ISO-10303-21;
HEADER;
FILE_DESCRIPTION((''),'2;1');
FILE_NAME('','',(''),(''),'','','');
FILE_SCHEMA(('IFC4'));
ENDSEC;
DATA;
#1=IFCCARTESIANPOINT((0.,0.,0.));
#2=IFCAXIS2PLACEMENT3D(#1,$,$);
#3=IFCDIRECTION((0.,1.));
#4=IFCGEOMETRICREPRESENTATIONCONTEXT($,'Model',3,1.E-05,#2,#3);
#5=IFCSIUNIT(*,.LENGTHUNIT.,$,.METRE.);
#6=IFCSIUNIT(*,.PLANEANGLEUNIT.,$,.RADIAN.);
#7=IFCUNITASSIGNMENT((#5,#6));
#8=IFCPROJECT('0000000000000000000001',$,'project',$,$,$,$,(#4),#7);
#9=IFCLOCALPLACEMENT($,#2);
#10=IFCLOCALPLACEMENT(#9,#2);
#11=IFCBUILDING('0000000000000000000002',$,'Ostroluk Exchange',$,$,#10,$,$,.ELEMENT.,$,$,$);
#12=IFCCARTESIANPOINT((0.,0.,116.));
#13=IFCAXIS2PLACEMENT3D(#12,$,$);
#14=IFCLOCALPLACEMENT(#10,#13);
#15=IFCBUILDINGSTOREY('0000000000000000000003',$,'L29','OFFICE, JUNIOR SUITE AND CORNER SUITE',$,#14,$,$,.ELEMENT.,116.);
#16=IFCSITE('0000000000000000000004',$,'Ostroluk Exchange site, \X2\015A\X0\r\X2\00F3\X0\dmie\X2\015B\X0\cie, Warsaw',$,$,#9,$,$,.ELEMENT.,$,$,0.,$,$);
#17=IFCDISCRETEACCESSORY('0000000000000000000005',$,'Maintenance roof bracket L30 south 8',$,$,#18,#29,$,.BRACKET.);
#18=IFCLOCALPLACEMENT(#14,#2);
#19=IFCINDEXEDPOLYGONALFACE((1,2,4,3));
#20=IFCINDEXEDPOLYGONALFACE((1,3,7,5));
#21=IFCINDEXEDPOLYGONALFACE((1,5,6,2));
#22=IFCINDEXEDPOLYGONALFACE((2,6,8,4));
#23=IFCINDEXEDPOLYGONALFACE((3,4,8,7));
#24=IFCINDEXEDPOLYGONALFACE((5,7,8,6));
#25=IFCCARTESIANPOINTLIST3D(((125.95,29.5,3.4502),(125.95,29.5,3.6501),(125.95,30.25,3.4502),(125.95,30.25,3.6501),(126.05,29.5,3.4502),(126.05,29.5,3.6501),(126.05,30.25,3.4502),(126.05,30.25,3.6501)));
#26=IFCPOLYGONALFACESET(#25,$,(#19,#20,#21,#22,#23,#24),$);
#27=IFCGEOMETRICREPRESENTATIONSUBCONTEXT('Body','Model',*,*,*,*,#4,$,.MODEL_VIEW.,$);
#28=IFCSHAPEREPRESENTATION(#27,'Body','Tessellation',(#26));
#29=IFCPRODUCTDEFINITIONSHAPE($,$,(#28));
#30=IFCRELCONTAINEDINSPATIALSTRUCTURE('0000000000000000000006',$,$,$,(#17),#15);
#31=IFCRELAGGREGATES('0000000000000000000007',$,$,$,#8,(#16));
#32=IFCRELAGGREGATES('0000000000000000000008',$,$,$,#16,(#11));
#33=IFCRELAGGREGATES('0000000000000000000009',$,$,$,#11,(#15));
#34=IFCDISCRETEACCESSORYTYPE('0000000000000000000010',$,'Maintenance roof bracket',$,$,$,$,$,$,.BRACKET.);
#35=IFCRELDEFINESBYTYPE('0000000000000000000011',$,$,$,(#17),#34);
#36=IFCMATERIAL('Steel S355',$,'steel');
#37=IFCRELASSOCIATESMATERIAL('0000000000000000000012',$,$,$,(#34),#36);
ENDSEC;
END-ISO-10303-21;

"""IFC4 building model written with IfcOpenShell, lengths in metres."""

from ifc_helpers import new_model, si_unit, direction, frame, origin, origin_2d, place, context, subcontext, project, spatial, rectangle, extrude, material, type_object, element, save


model = new_model("IFC4")

# Units and contexts
model_context = context("Model", 3, precision=1e-05, world=origin(), true_north=direction((0.0, 1.0)))
body_context = subcontext(model_context, "Body", "Model", "MODEL_VIEW")
ifc_project = project(units=[si_unit("LENGTHUNIT", "METRE"), si_unit("PLANEANGLEUNIT", "RADIAN")], contexts=[model_context])

# Site, building, storey
site_placement = place(None, origin())
site = spatial("IfcSite", under=ifc_project, at=site_placement, Name="Ostroluk Exchange site, Śródmieście, Warsaw", CompositionType="ELEMENT", RefElevation=0.0)
building_placement = place(site_placement, origin())
building = spatial("IfcBuilding", under=site, at=building_placement, Name="Ostroluk Exchange", CompositionType="ELEMENT")
storey_placement = place(building_placement, frame((0.0, 0.0, 116.0)))
storey = spatial("IfcBuildingStorey", under=building, at=storey_placement, Name="L29", Description="OFFICE, JUNIOR SUITE AND CORNER SUITE", CompositionType="ELEMENT", Elevation=116.0)

# Discrete accessory
ifc_material_1 = material(Name="Steel S355", Category="steel")
discrete_accessory_type = type_object("IfcDiscreteAccessoryType", Name="Maintenance roof bracket", PredefinedType="BRACKET", material=ifc_material_1)
for number, where, z_axis, x_axis, name in (
    (1, (126.0, 29.875, 3.4502), (0.0, 0.0, 1.0), (1.0, 0.0, 0.0), "Maintenance roof bracket L30 south 8"),
):
    element("IfcDiscreteAccessory", number, at=place(storey_placement, frame(where, z_axis=z_axis, x_axis=x_axis)), inside=storey, type_object=discrete_accessory_type, Name=name, PredefinedType="BRACKET", context=body_context, shape_type="SweptSolid", body=[
        extrude(rectangle(XDim=0.1001, YDim=0.75, at=origin_2d()), origin(), (0.0, 0.0, 1.0), 0.2),
    ])

save(model, "model.ifc")
